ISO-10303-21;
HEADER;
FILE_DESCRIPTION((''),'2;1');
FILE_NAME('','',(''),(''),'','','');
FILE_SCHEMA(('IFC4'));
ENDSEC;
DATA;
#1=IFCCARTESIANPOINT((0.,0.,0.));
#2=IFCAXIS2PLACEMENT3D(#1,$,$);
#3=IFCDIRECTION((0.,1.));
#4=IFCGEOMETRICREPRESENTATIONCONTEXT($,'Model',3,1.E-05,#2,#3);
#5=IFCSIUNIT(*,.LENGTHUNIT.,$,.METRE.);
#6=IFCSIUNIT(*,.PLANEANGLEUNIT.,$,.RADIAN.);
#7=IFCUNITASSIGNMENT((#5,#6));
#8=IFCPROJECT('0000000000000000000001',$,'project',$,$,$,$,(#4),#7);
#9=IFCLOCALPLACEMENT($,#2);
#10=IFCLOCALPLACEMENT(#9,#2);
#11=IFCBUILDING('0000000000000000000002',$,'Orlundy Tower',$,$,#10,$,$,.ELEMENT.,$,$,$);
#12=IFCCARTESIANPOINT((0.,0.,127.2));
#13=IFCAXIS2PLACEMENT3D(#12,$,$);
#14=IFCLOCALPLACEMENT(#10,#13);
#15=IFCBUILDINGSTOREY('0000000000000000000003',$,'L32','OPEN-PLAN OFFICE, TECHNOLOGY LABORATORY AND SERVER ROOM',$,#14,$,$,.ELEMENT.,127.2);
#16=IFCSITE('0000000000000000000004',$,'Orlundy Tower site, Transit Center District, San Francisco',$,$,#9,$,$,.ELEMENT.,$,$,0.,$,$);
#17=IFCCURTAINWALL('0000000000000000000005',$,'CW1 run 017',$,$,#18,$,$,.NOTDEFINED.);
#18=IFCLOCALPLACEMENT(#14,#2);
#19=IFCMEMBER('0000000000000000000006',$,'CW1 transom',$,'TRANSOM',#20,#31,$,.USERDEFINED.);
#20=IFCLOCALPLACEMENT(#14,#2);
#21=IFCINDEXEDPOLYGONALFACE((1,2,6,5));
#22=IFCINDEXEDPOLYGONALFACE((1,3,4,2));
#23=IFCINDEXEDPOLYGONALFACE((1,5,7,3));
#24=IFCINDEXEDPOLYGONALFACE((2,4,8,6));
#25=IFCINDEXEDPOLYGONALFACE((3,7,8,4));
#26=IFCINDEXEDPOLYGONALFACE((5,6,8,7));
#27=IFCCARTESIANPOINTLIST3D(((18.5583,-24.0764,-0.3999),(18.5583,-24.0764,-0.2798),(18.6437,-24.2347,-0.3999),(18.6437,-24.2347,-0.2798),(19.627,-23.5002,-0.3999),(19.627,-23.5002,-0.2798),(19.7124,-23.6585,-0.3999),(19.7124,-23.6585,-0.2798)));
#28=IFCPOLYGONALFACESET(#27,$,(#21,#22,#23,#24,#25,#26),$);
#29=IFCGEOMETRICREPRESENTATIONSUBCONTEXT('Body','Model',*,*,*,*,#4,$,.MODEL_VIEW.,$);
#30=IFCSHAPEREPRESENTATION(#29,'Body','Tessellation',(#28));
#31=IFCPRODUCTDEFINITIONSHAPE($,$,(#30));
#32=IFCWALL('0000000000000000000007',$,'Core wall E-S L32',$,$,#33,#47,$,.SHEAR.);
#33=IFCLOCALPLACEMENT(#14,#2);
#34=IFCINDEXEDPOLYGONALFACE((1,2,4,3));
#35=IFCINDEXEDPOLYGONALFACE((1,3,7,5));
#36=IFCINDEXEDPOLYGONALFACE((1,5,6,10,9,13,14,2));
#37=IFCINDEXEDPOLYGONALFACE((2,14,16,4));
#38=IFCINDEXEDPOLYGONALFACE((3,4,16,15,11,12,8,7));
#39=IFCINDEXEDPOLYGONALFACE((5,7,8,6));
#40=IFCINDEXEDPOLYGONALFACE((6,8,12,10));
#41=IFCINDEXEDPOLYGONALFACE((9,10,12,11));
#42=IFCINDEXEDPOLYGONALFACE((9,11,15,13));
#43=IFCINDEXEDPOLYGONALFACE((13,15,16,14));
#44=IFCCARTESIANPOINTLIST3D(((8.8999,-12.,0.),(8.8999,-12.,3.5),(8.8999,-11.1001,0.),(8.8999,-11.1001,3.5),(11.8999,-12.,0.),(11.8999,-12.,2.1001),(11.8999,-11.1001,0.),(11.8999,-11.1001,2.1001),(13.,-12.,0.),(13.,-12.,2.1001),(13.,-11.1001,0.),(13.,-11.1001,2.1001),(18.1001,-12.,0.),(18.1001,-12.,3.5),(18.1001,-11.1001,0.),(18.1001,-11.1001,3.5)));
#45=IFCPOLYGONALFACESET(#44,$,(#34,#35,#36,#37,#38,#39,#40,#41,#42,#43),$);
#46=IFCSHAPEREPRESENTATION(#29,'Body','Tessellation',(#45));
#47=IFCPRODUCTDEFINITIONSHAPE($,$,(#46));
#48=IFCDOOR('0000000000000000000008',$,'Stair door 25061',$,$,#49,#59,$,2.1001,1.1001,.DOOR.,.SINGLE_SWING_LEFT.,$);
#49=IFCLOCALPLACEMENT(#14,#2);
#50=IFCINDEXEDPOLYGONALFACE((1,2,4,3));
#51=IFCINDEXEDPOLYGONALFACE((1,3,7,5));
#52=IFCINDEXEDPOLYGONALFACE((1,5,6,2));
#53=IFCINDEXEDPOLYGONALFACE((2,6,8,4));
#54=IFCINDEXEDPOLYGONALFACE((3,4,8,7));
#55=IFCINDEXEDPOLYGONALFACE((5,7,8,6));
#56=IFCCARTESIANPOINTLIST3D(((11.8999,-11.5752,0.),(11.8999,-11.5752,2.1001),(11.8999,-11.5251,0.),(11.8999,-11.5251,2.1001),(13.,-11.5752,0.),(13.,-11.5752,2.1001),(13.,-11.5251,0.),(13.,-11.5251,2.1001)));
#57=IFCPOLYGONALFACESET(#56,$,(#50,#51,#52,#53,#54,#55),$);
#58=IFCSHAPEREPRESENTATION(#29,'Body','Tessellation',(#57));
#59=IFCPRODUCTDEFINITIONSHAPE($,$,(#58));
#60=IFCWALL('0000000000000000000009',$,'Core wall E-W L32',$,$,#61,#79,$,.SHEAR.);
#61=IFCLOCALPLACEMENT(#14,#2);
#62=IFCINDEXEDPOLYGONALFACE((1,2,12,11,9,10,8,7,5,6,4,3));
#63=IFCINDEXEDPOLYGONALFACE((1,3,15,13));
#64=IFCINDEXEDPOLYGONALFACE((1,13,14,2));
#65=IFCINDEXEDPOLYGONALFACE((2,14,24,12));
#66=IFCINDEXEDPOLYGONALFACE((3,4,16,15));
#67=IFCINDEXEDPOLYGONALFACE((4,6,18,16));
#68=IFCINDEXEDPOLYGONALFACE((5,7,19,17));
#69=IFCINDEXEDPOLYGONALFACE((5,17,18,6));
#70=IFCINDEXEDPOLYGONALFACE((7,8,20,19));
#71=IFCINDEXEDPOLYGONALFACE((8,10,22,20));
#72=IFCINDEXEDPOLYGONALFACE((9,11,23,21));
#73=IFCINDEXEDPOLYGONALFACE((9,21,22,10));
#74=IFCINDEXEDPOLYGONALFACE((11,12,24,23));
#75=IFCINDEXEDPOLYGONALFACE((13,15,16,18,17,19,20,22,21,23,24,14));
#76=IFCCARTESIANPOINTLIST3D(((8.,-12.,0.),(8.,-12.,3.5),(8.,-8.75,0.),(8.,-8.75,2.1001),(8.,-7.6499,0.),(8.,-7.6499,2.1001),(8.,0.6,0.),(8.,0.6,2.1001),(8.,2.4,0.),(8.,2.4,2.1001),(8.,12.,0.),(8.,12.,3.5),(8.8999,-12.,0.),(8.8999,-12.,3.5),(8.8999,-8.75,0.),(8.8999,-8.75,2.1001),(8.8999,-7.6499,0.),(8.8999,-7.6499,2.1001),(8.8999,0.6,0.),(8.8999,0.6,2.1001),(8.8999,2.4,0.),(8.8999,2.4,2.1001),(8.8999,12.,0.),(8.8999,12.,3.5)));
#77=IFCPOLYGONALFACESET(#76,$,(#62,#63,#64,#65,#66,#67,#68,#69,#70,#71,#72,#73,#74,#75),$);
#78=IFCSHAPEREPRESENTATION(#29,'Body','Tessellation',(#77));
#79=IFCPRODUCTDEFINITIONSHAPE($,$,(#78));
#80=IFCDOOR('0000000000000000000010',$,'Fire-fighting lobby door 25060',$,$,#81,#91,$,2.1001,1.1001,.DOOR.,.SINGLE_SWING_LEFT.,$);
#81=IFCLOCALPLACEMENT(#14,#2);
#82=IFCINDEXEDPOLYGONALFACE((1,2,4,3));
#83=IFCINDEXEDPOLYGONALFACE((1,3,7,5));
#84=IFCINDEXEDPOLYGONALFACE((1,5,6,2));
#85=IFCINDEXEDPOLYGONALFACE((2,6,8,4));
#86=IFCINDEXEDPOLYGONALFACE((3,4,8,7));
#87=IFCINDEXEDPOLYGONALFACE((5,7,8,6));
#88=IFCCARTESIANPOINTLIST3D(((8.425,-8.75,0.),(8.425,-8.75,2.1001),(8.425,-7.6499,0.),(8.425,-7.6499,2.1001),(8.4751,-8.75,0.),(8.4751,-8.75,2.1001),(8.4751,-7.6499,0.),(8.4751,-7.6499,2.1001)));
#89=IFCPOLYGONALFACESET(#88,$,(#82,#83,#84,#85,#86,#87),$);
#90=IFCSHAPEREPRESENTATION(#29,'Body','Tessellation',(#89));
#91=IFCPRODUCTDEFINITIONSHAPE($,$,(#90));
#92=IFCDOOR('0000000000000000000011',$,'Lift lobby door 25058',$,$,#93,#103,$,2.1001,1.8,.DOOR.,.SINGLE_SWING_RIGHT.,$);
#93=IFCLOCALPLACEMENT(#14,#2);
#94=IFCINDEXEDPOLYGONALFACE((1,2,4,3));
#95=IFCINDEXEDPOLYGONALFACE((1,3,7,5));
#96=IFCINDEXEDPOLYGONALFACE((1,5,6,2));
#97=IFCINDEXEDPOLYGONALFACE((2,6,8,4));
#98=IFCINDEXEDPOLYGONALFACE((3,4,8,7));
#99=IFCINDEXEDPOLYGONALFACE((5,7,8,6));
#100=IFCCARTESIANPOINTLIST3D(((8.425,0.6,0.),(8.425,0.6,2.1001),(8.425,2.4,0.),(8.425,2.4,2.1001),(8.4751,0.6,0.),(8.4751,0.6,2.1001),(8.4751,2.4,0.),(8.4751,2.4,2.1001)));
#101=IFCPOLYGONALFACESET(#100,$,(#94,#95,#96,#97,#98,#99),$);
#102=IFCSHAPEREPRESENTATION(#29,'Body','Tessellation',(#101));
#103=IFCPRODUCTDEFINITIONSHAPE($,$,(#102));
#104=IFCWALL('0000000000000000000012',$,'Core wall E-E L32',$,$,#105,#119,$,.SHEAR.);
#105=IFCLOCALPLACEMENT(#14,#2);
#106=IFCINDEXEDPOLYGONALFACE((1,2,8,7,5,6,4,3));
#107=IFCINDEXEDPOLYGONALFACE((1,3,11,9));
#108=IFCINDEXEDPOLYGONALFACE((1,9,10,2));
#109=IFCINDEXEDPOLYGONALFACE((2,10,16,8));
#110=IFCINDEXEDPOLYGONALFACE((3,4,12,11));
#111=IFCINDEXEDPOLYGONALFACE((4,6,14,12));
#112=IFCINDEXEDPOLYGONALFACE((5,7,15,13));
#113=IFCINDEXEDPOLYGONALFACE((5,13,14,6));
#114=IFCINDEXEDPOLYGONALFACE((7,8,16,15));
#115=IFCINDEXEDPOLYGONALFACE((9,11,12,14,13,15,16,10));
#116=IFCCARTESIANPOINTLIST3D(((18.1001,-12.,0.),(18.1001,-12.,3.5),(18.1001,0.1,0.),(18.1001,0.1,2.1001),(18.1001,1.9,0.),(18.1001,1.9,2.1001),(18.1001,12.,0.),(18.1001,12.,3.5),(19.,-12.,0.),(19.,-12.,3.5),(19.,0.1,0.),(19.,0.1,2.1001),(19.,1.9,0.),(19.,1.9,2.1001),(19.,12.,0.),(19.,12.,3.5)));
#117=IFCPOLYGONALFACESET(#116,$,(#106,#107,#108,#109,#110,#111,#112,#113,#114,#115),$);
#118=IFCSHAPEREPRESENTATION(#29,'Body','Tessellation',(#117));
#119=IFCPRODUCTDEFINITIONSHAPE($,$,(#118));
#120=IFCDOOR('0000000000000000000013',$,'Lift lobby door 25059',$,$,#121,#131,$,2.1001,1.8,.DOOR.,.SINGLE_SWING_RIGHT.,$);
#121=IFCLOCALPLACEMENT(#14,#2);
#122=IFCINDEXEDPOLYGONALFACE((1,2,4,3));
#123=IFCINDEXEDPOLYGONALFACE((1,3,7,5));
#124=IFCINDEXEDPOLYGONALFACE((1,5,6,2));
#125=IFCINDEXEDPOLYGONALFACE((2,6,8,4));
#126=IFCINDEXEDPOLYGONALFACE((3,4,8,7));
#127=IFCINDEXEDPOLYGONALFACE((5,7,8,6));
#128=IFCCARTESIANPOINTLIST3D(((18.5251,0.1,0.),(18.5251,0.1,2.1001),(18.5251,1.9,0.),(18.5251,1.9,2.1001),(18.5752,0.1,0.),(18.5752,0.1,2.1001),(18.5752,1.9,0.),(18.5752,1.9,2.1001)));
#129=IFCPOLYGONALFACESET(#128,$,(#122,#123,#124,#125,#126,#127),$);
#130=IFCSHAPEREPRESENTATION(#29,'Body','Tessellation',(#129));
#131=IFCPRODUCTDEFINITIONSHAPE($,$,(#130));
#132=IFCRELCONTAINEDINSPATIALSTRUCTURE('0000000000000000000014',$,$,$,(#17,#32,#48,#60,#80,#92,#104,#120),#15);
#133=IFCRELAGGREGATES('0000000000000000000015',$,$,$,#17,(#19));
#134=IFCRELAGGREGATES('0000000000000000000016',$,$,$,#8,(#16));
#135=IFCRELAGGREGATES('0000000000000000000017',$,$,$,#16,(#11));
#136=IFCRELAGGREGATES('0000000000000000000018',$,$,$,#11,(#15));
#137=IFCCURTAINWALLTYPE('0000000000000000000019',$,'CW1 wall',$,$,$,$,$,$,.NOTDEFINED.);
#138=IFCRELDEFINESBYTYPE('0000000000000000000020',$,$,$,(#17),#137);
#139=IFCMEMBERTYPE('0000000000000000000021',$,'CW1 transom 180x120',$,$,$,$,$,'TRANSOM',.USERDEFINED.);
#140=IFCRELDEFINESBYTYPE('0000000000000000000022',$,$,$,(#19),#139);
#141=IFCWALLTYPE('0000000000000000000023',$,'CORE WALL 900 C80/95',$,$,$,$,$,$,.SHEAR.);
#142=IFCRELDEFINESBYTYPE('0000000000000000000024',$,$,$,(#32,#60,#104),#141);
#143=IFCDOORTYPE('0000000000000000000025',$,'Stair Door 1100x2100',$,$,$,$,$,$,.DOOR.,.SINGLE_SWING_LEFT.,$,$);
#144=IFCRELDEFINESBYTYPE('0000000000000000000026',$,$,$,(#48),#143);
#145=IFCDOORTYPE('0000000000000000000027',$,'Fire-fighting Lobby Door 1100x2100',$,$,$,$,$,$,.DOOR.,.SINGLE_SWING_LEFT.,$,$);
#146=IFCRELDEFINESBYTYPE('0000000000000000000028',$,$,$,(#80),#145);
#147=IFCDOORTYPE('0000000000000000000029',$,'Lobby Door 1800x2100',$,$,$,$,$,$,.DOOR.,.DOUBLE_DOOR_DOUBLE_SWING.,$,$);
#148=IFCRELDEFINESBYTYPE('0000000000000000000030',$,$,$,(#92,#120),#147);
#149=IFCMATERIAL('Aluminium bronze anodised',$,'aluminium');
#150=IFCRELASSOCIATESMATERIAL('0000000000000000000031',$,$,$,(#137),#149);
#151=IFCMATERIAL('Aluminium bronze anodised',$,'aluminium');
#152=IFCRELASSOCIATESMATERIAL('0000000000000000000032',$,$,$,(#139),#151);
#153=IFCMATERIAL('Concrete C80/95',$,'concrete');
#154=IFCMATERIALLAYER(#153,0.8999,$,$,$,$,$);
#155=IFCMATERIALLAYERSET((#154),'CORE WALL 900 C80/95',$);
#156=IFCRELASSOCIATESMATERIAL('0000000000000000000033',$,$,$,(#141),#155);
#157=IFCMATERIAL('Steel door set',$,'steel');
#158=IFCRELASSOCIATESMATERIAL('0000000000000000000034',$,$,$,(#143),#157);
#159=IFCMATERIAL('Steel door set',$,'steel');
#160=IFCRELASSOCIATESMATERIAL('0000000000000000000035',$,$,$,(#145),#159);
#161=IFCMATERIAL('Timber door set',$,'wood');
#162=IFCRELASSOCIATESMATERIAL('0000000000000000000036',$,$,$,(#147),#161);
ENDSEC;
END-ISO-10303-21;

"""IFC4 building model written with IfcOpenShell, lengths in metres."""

from ifc_helpers import new_model, si_unit, direction, frame, frame_2d, origin, origin_2d, place, context, subcontext, project, spatial, rectangle, extrude, material, layer, layer_set, material_profile, profile_set, type_object, element, fill, aggregate, save


model = new_model("IFC4")

# Units and contexts
model_context = context("Model", 3, precision=1e-05, world=origin(), true_north=direction((0.0, 1.0)))
body_context = subcontext(model_context, "Body", "Model", "MODEL_VIEW")
ifc_project = project(units=[si_unit("LENGTHUNIT", "METRE"), si_unit("PLANEANGLEUNIT", "RADIAN")], contexts=[model_context])

# Site, building, storey
site_placement = place(None, origin())
site = spatial("IfcSite", under=ifc_project, at=site_placement, Name="Orlundy Tower site, Transit Center District, San Francisco", CompositionType="ELEMENT", RefElevation=0.0)
building_placement = place(site_placement, origin())
building = spatial("IfcBuilding", under=site, at=building_placement, Name="Orlundy Tower", CompositionType="ELEMENT")
storey_placement = place(building_placement, frame((0.0, 0.0, 127.2)))
storey = spatial("IfcBuildingStorey", under=building, at=storey_placement, Name="L32", Description="OPEN-PLAN OFFICE, TECHNOLOGY LABORATORY AND SERVER ROOM", CompositionType="ELEMENT", Elevation=127.2)

# Curtain wall, member
ifc_material_1 = material(Name="Aluminium bronze anodised", Category="aluminium")
curtain_wall_type = type_object("IfcCurtainWallType", Name="CW1 wall", PredefinedType="NOTDEFINED", material=ifc_material_1)
curtain_wall_placement = place(storey_placement, origin())
curtain_wall = element("IfcCurtainWall", 1, at=curtain_wall_placement, inside=storey, type_object=curtain_wall_type, Name="CW1 run 017", PredefinedType="NOTDEFINED")
ifc_material_2 = material(Name="Aluminium bronze anodised", Category="aluminium")
ifc_material_profile = material_profile(ifc_material_2, rectangle(XDim=0.1799, YDim=0.1201, at=origin_2d()), Name="CW1 transom 180x120")
ifc_profile_set = profile_set([ifc_material_profile], Name="Aluminium bronze anodised")
member_type = type_object("IfcMemberType", Name="CW1 transom 180x120", ElementType="TRANSOM", PredefinedType="USERDEFINED", material=ifc_profile_set)
member_placement = place(storey_placement, frame((19.6697, -23.5793, -0.3398), z_axis=(-0.880206, -0.474591, 0.0), x_axis=(0.474591, -0.880206, 0.0)))
member = element("IfcMember", 2, at=member_placement, type_object=member_type, Name="CW1 transom", ObjectType="TRANSOM", PredefinedType="USERDEFINED", context=body_context, shape_type="SweptSolid", body=[
    extrude(rectangle(XDim=0.1799, YDim=0.1201, at=origin_2d()), origin(), (0.0, 0.0, 1.0), 1.2141),
])
aggregate(curtain_wall, [member])

# Wall, opening, door
ifc_material_3 = material(Name="Concrete C80/95", Category="concrete")
ifc_layer_1 = layer(ifc_material_3, 0.8999)
ifc_layer_set_1 = layer_set([ifc_layer_1], Name="CORE WALL 900 C80/95")
wall_type_1 = type_object("IfcWallType", Name="CORE WALL 900 C80/95", PredefinedType="SHEAR", material=ifc_layer_set_1)
wall_1_placement = place(storey_placement, frame((8.8999, -11.55, 0.0), z_axis=(0.0, 0.0, 1.0), x_axis=(1.0, 0.0, 0.0)))
wall_1 = element("IfcWall", 3, at=wall_1_placement, inside=storey, type_object=wall_type_1, Name="Core wall E-S L32", PredefinedType="SHEAR", context=body_context, shape_type="SweptSolid", body=[
    extrude(rectangle(XDim=9.2002, YDim=0.8999, at=frame_2d((4.6001, 0.0))), origin(), (0.0, 0.0, 1.0), 3.5),
])
opening_1_placement = place(wall_1_placement, frame((3.0, 0.0, 0.0)))
opening_1 = element("IfcOpeningElement", 4, at=opening_1_placement, cuts=wall_1, PredefinedType="OPENING", context=body_context, shape_type="SweptSolid", body=[
    extrude(rectangle(XDim=1.1001, YDim=2.1001, at=frame_2d((0.55, 1.05))), frame((0.0, 0.46, 0.0), z_axis=(0.0, -1.0, 0.0), x_axis=(1.0, 0.0, 0.0)), (0.0, 0.0, 1.0), 0.9199),
])
ifc_material_4 = material(Name="Steel door set", Category="steel")
door_type_1 = type_object("IfcDoorType", Name="Stair Door 1100x2100", OperationType="SINGLE_SWING_LEFT", PredefinedType="DOOR", material=ifc_material_4)
door_1_placement = place(opening_1_placement, origin())
door_1 = element("IfcDoor", 5, at=door_1_placement, inside=storey, type_object=door_type_1, Name="Stair door 25061", OperationType="SINGLE_SWING_LEFT", OverallHeight=2.1001, OverallWidth=1.1001, PredefinedType="DOOR", context=body_context, shape_type="SweptSolid", body=[
    extrude(rectangle(XDim=1.1001, YDim=2.1001, at=frame_2d((0.55, 1.05))), frame((0.0, 0.0249, 0.0), z_axis=(0.0, -1.0, 0.0), x_axis=(1.0, 0.0, 0.0)), (0.0, 0.0, 1.0), 0.05),
])
fill(opening_1, door_1)

# Wall, openings, doors
wall_2_placement = place(storey_placement, frame((8.45, -12.0, 0.0), z_axis=(0.0, 0.0, 1.0), x_axis=(0.0, 1.0, 0.0)))
wall_2 = element("IfcWall", 6, at=wall_2_placement, inside=storey, type_object=wall_type_1, Name="Core wall E-W L32", PredefinedType="SHEAR", context=body_context, shape_type="SweptSolid", body=[
    extrude(rectangle(XDim=24.0, YDim=0.8999, at=frame_2d((12.0, 0.0))), origin(), (0.0, 0.0, 1.0), 3.5),
])
opening_2_placement = place(wall_2_placement, frame((12.6001, 0.0, 0.0)))
opening_2 = element("IfcOpeningElement", 7, at=opening_2_placement, cuts=wall_2, PredefinedType="OPENING", context=body_context, shape_type="SweptSolid", body=[
    extrude(rectangle(XDim=1.8, YDim=2.1001, at=frame_2d((0.8999, 1.05))), frame((0.0, 0.46, 0.0), z_axis=(0.0, -1.0, 0.0), x_axis=(1.0, 0.0, 0.0)), (0.0, 0.0, 1.0), 0.9199),
])
opening_3_placement = place(wall_2_placement, frame((3.25, 0.0, 0.0)))
opening_3 = element("IfcOpeningElement", 8, at=opening_3_placement, cuts=wall_2, PredefinedType="OPENING", context=body_context, shape_type="SweptSolid", body=[
    extrude(rectangle(XDim=1.1001, YDim=2.1001, at=frame_2d((0.55, 1.05))), frame((0.0, 0.46, 0.0), z_axis=(0.0, -1.0, 0.0), x_axis=(1.0, 0.0, 0.0)), (0.0, 0.0, 1.0), 0.9199),
])
ifc_material_5 = material(Name="Steel door set", Category="steel")
door_type_2 = type_object("IfcDoorType", Name="Fire-fighting Lobby Door 1100x2100", OperationType="SINGLE_SWING_LEFT", PredefinedType="DOOR", material=ifc_material_5)
door_2_placement = place(opening_3_placement, origin())
door_2 = element("IfcDoor", 9, at=door_2_placement, inside=storey, type_object=door_type_2, Name="Fire-fighting lobby door 25060", OperationType="SINGLE_SWING_LEFT", OverallHeight=2.1001, OverallWidth=1.1001, PredefinedType="DOOR", context=body_context, shape_type="SweptSolid", body=[
    extrude(rectangle(XDim=1.1001, YDim=2.1001, at=frame_2d((0.55, 1.05))), frame((0.0, 0.0249, 0.0), z_axis=(0.0, -1.0, 0.0), x_axis=(1.0, 0.0, 0.0)), (0.0, 0.0, 1.0), 0.05),
])
fill(opening_3, door_2)
ifc_material_6 = material(Name="Timber door set", Category="wood")
door_type_3 = type_object("IfcDoorType", Name="Lobby Door 1800x2100", OperationType="DOUBLE_DOOR_DOUBLE_SWING", PredefinedType="DOOR", material=ifc_material_6)
door_3_placement = place(opening_2_placement, origin())
door_3 = element("IfcDoor", 10, at=door_3_placement, inside=storey, type_object=door_type_3, Name="Lift lobby door 25058", OperationType="SINGLE_SWING_RIGHT", OverallHeight=2.1001, OverallWidth=1.8, PredefinedType="DOOR", context=body_context, shape_type="SweptSolid", body=[
    extrude(rectangle(XDim=1.8, YDim=2.1001, at=frame_2d((0.8999, 1.05))), frame((0.0, 0.0249, 0.0), z_axis=(0.0, -1.0, 0.0), x_axis=(1.0, 0.0, 0.0)), (0.0, 0.0, 1.0), 0.05),
])
fill(opening_2, door_3)

# Wall, opening, door
wall_3_placement = place(storey_placement, frame((18.55, -12.0, 0.0), z_axis=(0.0, 0.0, 1.0), x_axis=(0.0, 1.0, 0.0)))
wall_3 = element("IfcWall", 11, at=wall_3_placement, inside=storey, type_object=wall_type_1, Name="Core wall E-E L32", PredefinedType="SHEAR", context=body_context, shape_type="SweptSolid", body=[
    extrude(rectangle(XDim=24.0, YDim=0.8999, at=frame_2d((12.0, 0.0))), origin(), (0.0, 0.0, 1.0), 3.5),
])
opening_4_placement = place(wall_3_placement, frame((12.1001, 0.0, 0.0)))
opening_4 = element("IfcOpeningElement", 12, at=opening_4_placement, cuts=wall_3, PredefinedType="OPENING", context=body_context, shape_type="SweptSolid", body=[
    extrude(rectangle(XDim=1.8, YDim=2.1001, at=frame_2d((0.8999, 1.05))), frame((0.0, 0.46, 0.0), z_axis=(0.0, -1.0, 0.0), x_axis=(1.0, 0.0, 0.0)), (0.0, 0.0, 1.0), 0.9199),
])
door_4_placement = place(opening_4_placement, origin())
door_4 = element("IfcDoor", 13, at=door_4_placement, inside=storey, type_object=door_type_3, Name="Lift lobby door 25059", OperationType="SINGLE_SWING_RIGHT", OverallHeight=2.1001, OverallWidth=1.8, PredefinedType="DOOR", context=body_context, shape_type="SweptSolid", body=[
    extrude(rectangle(XDim=1.8, YDim=2.1001, at=frame_2d((0.8999, 1.05))), frame((0.0, 0.0249, 0.0), z_axis=(0.0, -1.0, 0.0), x_axis=(1.0, 0.0, 0.0)), (0.0, 0.0, 1.0), 0.05),
])
fill(opening_4, door_4)

save(model, "model.ifc")
